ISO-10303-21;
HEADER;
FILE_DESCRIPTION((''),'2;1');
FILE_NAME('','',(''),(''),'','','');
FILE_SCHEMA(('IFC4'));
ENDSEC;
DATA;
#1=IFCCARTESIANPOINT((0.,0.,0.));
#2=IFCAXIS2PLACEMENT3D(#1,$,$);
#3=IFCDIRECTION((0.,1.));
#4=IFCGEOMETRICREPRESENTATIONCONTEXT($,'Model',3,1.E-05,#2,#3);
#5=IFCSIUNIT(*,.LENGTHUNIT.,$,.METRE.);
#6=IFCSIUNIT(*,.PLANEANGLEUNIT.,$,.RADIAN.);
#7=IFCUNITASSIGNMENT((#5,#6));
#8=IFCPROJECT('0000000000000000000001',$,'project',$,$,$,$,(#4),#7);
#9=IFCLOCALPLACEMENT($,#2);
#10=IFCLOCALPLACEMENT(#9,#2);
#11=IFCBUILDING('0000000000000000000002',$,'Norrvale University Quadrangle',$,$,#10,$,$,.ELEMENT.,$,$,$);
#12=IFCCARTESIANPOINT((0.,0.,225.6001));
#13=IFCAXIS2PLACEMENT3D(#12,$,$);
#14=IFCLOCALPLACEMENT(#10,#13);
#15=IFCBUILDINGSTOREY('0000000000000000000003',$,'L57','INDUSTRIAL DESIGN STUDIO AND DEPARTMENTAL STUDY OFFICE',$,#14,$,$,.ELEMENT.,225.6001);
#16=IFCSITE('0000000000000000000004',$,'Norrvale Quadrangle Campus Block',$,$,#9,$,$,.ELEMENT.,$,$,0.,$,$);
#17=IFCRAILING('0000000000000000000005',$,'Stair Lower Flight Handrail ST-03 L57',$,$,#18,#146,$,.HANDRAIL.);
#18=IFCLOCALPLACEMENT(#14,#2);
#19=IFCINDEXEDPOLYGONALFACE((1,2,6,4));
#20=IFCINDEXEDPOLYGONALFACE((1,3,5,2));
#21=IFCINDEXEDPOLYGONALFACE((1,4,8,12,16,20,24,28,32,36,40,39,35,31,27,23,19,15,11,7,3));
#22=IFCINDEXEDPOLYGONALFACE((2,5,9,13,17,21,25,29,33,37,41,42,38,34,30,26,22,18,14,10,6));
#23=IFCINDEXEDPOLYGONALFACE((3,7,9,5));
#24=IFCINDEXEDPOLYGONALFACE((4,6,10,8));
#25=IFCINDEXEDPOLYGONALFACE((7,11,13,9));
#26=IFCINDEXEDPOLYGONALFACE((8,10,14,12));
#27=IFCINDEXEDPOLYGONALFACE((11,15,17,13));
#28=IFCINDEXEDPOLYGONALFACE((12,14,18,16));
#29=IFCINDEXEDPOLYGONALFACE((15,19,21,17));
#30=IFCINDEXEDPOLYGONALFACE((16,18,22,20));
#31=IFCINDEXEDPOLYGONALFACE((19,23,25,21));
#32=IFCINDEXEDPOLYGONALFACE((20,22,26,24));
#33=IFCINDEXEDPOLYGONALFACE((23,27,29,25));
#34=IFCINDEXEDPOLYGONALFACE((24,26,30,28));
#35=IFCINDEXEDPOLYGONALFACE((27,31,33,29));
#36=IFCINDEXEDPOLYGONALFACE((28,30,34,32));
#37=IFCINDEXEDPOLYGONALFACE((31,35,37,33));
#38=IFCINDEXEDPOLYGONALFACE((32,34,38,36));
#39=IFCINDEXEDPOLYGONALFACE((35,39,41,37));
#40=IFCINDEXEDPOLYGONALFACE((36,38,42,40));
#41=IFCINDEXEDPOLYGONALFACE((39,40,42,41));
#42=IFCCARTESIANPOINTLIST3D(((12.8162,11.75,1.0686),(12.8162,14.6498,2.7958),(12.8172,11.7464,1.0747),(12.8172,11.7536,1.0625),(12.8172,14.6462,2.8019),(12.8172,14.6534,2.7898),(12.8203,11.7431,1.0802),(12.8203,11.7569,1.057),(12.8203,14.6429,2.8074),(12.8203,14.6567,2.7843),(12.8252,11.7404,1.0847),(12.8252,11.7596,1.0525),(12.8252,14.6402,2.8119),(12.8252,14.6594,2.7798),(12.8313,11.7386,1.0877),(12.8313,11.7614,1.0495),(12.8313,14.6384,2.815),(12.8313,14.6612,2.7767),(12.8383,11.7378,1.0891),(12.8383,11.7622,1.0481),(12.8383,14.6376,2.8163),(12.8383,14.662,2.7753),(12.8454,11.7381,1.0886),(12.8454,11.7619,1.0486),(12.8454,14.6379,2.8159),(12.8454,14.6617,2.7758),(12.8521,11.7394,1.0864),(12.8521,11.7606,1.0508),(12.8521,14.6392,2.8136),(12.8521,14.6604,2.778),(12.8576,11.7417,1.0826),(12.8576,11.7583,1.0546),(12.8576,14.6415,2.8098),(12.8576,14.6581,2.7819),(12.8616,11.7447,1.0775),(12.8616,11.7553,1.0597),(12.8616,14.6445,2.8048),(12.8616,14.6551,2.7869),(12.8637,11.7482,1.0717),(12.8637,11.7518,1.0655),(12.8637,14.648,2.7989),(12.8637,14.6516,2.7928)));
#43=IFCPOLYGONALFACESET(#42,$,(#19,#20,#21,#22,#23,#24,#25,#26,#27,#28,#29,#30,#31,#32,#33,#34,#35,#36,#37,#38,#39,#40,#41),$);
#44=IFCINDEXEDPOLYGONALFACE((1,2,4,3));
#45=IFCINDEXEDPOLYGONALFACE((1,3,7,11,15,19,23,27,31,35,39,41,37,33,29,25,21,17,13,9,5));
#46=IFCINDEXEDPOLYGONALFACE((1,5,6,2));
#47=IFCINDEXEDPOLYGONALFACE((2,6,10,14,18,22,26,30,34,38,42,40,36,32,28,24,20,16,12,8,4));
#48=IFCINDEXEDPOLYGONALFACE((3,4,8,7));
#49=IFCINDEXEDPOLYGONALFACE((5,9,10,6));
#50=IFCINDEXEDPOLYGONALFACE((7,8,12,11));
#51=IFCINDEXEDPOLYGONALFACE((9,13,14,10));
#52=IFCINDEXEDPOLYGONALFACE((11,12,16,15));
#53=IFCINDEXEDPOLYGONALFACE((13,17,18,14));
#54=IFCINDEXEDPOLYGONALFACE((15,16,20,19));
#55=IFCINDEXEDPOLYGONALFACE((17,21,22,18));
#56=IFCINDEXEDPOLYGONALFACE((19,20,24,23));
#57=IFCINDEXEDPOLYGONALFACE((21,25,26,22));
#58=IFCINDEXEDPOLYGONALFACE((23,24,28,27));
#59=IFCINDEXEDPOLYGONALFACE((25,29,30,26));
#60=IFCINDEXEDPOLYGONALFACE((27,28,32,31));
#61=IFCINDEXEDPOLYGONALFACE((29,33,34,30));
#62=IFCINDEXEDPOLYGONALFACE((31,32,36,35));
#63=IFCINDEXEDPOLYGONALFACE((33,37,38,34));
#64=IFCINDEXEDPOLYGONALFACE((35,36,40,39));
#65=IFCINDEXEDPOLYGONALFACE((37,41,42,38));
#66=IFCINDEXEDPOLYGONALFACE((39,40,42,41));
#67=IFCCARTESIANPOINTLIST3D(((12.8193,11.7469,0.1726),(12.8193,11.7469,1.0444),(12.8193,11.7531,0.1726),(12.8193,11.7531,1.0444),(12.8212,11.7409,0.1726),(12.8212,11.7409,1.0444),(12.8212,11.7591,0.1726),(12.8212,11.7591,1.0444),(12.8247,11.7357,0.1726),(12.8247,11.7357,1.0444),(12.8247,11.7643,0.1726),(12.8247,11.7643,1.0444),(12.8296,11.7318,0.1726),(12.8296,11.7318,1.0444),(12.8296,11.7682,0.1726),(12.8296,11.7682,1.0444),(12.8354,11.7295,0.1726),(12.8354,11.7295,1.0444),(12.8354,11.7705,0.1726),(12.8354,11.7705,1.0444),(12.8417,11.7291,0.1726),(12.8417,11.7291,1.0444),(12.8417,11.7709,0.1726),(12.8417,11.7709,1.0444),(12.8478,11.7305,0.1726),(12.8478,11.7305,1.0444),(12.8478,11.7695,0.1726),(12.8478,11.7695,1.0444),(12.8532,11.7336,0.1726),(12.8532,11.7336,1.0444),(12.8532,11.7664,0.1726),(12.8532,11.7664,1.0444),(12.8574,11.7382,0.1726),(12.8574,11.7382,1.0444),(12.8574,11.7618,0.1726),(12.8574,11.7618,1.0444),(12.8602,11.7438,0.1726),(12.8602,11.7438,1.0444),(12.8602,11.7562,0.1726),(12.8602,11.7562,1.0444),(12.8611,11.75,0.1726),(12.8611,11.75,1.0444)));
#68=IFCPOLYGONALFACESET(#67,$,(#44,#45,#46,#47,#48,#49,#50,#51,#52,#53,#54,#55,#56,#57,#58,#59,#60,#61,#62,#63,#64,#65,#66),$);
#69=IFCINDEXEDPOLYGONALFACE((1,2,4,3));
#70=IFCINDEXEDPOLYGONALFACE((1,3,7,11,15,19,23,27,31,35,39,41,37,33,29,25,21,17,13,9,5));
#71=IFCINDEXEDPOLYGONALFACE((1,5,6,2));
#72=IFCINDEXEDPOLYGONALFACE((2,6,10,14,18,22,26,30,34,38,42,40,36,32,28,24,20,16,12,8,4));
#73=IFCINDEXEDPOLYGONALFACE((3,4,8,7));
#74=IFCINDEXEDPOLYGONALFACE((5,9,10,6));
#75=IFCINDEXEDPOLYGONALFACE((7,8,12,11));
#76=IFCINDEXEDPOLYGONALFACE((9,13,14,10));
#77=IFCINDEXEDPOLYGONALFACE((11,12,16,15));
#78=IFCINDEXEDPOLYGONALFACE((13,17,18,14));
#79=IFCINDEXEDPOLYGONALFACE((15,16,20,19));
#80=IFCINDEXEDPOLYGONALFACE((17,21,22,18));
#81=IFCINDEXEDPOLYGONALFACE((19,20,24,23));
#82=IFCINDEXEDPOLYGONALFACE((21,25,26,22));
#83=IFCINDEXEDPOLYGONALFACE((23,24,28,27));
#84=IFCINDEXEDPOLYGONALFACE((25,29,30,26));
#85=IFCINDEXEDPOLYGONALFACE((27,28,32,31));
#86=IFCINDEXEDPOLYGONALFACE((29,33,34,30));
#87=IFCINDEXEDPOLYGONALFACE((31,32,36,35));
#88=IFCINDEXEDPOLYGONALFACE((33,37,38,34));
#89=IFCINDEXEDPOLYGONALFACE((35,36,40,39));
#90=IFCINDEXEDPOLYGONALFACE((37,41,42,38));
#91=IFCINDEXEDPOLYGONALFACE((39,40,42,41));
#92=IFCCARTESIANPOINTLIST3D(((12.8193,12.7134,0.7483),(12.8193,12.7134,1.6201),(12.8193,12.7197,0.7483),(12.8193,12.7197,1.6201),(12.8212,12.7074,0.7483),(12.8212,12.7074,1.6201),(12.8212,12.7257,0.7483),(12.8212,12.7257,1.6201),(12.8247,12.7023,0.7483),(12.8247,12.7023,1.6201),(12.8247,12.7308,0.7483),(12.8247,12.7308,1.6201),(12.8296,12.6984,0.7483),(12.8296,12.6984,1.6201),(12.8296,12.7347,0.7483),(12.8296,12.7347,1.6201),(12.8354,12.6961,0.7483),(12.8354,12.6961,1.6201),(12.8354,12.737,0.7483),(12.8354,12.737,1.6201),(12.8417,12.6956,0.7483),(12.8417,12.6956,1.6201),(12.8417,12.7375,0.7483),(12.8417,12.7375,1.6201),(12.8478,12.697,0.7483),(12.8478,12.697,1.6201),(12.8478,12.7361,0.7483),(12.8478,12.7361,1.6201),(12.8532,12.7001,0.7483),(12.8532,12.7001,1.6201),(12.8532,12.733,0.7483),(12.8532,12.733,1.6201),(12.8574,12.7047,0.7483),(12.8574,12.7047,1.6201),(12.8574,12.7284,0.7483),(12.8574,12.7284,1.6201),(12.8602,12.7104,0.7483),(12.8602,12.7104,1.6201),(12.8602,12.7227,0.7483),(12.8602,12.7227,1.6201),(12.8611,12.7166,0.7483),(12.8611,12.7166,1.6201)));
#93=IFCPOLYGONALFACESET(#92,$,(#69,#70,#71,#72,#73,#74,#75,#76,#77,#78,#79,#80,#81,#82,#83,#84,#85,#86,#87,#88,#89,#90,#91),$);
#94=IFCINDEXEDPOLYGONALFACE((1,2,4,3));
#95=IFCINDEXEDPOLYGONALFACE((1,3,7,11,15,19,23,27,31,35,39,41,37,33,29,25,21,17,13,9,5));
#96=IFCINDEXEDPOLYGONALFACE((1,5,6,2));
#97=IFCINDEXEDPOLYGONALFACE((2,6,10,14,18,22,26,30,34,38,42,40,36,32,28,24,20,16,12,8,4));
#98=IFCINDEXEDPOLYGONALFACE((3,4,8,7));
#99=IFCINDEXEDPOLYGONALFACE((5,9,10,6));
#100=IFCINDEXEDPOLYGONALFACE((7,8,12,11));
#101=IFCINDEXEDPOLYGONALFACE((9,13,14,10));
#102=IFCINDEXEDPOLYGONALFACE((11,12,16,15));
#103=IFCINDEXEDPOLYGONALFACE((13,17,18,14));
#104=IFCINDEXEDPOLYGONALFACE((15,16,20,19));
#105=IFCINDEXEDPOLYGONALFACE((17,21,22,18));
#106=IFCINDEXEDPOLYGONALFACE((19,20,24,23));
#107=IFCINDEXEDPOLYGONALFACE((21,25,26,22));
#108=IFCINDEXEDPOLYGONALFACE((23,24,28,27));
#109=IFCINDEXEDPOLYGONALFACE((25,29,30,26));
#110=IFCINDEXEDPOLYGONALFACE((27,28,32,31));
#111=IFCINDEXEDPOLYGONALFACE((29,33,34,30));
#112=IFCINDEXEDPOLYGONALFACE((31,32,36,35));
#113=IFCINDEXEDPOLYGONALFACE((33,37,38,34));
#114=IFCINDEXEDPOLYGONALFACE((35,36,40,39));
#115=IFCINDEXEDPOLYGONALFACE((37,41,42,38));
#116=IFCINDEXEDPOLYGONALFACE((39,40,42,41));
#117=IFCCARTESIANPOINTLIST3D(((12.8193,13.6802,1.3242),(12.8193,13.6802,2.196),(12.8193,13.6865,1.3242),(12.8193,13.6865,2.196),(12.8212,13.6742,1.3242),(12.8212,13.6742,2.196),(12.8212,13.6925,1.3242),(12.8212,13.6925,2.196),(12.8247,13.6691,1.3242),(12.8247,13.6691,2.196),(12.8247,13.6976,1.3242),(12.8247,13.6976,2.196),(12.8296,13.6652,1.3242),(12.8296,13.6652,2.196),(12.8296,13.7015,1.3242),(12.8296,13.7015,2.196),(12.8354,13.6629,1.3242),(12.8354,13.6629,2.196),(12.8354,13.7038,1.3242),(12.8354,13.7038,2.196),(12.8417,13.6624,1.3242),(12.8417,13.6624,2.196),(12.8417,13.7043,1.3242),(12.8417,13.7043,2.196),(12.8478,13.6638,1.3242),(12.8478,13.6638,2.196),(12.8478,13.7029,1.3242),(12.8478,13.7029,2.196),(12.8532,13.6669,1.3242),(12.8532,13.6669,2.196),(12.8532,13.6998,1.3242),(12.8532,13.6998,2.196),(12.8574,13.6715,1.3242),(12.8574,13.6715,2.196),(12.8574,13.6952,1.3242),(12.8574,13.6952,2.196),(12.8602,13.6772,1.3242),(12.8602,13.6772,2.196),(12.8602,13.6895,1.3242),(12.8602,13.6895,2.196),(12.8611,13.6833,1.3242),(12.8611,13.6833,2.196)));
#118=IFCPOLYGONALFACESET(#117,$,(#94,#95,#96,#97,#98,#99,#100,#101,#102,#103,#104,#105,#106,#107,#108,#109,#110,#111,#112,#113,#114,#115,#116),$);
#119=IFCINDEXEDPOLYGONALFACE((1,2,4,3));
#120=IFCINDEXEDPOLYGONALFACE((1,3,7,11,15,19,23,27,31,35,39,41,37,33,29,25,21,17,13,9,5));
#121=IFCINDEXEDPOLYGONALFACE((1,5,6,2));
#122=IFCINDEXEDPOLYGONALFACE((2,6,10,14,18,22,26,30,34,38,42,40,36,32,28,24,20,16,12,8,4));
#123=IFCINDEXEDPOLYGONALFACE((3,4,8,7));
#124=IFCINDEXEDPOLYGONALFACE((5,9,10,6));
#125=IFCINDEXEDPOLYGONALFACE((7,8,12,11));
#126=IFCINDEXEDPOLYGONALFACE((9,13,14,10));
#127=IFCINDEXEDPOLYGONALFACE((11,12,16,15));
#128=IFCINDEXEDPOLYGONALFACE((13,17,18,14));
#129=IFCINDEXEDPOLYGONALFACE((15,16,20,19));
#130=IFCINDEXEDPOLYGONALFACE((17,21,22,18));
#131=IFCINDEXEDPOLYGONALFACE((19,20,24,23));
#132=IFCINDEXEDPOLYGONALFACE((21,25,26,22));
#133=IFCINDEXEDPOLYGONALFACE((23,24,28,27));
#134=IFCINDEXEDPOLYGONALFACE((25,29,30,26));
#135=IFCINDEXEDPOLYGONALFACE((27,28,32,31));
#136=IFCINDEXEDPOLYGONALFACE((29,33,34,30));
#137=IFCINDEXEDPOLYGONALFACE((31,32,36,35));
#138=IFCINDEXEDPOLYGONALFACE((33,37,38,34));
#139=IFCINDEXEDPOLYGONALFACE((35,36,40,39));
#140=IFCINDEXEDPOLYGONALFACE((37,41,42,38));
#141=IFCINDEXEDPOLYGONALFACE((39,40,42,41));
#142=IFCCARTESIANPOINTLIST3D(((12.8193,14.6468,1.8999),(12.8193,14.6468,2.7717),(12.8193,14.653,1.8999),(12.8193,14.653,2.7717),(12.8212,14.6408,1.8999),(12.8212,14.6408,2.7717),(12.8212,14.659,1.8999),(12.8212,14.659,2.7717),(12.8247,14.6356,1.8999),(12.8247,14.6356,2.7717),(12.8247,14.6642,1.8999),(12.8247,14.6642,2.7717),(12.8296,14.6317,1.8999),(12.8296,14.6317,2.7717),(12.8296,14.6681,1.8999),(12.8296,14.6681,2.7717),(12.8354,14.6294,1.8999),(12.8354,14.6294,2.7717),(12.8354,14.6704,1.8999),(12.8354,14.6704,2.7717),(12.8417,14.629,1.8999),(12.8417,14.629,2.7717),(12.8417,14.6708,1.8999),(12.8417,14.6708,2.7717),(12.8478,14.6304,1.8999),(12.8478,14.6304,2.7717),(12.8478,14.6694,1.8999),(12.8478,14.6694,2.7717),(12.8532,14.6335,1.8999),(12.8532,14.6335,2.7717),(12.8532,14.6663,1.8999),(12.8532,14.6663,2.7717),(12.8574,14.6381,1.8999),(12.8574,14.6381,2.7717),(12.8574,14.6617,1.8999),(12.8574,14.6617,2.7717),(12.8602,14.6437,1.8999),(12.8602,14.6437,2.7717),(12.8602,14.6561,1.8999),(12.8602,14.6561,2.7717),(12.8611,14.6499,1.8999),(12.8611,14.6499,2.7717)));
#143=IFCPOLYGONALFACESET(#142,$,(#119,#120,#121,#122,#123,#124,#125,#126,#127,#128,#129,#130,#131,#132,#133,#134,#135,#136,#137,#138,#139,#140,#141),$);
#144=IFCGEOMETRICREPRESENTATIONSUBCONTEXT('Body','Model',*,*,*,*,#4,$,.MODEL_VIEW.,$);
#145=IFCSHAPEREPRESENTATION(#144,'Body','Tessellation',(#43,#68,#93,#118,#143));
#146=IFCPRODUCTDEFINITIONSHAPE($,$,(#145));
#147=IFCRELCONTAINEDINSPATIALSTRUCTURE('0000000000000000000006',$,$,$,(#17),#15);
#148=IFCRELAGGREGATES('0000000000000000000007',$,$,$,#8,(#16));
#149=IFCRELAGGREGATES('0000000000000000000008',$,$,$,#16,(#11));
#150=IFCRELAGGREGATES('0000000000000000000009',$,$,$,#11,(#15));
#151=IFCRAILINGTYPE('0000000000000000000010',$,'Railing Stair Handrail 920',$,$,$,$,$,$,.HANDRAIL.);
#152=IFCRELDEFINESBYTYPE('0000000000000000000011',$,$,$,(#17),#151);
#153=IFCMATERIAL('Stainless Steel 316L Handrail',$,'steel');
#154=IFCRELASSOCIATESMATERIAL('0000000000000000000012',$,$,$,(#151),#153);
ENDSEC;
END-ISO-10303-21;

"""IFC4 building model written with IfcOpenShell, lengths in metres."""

from ifc_helpers import new_model, si_unit, direction, frame, origin, origin_2d, place, context, subcontext, project, spatial, circle, extrude, material, type_object, element, save


model = new_model("IFC4")

# Units and contexts
model_context = context("Model", 3, precision=1e-05, world=origin(), true_north=direction((0.0, 1.0)))
body_context = subcontext(model_context, "Body", "Model", "MODEL_VIEW")
ifc_project = project(units=[si_unit("LENGTHUNIT", "METRE"), si_unit("PLANEANGLEUNIT", "RADIAN")], contexts=[model_context])

# Site, building, storey
site_placement = place(None, origin())
site = spatial("IfcSite", under=ifc_project, at=site_placement, Name="Norrvale Quadrangle Campus Block", CompositionType="ELEMENT", RefElevation=0.0)
building_placement = place(site_placement, origin())
building = spatial("IfcBuilding", under=site, at=building_placement, Name="Norrvale University Quadrangle", CompositionType="ELEMENT")
storey_placement = place(building_placement, frame((0.0, 0.0, 225.6001)))
storey = spatial("IfcBuildingStorey", under=building, at=storey_placement, Name="L57", Description="INDUSTRIAL DESIGN STUDIO AND DEPARTMENTAL STUDY OFFICE", CompositionType="ELEMENT", Elevation=225.6001)

# Railing
ifc_material_1 = material(Name="Stainless Steel 316L Handrail", Category="steel")
railing_type_1 = type_object("IfcRailingType", Name="Railing Stair Handrail 920", PredefinedType="HANDRAIL", material=ifc_material_1)
railing_1_placement = place(storey_placement, frame((12.8401, 11.75, 0.1726)))
element("IfcRailing", 1, at=railing_1_placement, inside=storey, type_object=railing_type_1, Name="Stair Lower Flight Handrail ST-03 L57", PredefinedType="HANDRAIL", context=body_context, shape_type="SweptSolid", body=[
    extrude(circle(Radius=0.0239, at=origin_2d()), frame((0.0, 0.0, 0.896), z_axis=(0.0, 0.859141, 0.511738), x_axis=(-1.0, 0.0, 0.0)), (0.0, 0.0, 1.0), 3.3752),
    extrude(circle(Radius=0.021, at=origin_2d()), origin(), (0.0, 0.0, 1.0), 0.8718),
    extrude(circle(Radius=0.021, at=origin_2d()), frame((0.0, 0.9666, 0.5757)), (0.0, 0.0, 1.0), 0.8718),
    extrude(circle(Radius=0.021, at=origin_2d()), frame((0.0, 1.9333, 1.1516)), (0.0, 0.0, 1.0), 0.8718),
    extrude(circle(Radius=0.021, at=origin_2d()), frame((0.0, 2.8999, 1.7273)), (0.0, 0.0, 1.0), 0.8718),
])

save(model, "model.ifc")
